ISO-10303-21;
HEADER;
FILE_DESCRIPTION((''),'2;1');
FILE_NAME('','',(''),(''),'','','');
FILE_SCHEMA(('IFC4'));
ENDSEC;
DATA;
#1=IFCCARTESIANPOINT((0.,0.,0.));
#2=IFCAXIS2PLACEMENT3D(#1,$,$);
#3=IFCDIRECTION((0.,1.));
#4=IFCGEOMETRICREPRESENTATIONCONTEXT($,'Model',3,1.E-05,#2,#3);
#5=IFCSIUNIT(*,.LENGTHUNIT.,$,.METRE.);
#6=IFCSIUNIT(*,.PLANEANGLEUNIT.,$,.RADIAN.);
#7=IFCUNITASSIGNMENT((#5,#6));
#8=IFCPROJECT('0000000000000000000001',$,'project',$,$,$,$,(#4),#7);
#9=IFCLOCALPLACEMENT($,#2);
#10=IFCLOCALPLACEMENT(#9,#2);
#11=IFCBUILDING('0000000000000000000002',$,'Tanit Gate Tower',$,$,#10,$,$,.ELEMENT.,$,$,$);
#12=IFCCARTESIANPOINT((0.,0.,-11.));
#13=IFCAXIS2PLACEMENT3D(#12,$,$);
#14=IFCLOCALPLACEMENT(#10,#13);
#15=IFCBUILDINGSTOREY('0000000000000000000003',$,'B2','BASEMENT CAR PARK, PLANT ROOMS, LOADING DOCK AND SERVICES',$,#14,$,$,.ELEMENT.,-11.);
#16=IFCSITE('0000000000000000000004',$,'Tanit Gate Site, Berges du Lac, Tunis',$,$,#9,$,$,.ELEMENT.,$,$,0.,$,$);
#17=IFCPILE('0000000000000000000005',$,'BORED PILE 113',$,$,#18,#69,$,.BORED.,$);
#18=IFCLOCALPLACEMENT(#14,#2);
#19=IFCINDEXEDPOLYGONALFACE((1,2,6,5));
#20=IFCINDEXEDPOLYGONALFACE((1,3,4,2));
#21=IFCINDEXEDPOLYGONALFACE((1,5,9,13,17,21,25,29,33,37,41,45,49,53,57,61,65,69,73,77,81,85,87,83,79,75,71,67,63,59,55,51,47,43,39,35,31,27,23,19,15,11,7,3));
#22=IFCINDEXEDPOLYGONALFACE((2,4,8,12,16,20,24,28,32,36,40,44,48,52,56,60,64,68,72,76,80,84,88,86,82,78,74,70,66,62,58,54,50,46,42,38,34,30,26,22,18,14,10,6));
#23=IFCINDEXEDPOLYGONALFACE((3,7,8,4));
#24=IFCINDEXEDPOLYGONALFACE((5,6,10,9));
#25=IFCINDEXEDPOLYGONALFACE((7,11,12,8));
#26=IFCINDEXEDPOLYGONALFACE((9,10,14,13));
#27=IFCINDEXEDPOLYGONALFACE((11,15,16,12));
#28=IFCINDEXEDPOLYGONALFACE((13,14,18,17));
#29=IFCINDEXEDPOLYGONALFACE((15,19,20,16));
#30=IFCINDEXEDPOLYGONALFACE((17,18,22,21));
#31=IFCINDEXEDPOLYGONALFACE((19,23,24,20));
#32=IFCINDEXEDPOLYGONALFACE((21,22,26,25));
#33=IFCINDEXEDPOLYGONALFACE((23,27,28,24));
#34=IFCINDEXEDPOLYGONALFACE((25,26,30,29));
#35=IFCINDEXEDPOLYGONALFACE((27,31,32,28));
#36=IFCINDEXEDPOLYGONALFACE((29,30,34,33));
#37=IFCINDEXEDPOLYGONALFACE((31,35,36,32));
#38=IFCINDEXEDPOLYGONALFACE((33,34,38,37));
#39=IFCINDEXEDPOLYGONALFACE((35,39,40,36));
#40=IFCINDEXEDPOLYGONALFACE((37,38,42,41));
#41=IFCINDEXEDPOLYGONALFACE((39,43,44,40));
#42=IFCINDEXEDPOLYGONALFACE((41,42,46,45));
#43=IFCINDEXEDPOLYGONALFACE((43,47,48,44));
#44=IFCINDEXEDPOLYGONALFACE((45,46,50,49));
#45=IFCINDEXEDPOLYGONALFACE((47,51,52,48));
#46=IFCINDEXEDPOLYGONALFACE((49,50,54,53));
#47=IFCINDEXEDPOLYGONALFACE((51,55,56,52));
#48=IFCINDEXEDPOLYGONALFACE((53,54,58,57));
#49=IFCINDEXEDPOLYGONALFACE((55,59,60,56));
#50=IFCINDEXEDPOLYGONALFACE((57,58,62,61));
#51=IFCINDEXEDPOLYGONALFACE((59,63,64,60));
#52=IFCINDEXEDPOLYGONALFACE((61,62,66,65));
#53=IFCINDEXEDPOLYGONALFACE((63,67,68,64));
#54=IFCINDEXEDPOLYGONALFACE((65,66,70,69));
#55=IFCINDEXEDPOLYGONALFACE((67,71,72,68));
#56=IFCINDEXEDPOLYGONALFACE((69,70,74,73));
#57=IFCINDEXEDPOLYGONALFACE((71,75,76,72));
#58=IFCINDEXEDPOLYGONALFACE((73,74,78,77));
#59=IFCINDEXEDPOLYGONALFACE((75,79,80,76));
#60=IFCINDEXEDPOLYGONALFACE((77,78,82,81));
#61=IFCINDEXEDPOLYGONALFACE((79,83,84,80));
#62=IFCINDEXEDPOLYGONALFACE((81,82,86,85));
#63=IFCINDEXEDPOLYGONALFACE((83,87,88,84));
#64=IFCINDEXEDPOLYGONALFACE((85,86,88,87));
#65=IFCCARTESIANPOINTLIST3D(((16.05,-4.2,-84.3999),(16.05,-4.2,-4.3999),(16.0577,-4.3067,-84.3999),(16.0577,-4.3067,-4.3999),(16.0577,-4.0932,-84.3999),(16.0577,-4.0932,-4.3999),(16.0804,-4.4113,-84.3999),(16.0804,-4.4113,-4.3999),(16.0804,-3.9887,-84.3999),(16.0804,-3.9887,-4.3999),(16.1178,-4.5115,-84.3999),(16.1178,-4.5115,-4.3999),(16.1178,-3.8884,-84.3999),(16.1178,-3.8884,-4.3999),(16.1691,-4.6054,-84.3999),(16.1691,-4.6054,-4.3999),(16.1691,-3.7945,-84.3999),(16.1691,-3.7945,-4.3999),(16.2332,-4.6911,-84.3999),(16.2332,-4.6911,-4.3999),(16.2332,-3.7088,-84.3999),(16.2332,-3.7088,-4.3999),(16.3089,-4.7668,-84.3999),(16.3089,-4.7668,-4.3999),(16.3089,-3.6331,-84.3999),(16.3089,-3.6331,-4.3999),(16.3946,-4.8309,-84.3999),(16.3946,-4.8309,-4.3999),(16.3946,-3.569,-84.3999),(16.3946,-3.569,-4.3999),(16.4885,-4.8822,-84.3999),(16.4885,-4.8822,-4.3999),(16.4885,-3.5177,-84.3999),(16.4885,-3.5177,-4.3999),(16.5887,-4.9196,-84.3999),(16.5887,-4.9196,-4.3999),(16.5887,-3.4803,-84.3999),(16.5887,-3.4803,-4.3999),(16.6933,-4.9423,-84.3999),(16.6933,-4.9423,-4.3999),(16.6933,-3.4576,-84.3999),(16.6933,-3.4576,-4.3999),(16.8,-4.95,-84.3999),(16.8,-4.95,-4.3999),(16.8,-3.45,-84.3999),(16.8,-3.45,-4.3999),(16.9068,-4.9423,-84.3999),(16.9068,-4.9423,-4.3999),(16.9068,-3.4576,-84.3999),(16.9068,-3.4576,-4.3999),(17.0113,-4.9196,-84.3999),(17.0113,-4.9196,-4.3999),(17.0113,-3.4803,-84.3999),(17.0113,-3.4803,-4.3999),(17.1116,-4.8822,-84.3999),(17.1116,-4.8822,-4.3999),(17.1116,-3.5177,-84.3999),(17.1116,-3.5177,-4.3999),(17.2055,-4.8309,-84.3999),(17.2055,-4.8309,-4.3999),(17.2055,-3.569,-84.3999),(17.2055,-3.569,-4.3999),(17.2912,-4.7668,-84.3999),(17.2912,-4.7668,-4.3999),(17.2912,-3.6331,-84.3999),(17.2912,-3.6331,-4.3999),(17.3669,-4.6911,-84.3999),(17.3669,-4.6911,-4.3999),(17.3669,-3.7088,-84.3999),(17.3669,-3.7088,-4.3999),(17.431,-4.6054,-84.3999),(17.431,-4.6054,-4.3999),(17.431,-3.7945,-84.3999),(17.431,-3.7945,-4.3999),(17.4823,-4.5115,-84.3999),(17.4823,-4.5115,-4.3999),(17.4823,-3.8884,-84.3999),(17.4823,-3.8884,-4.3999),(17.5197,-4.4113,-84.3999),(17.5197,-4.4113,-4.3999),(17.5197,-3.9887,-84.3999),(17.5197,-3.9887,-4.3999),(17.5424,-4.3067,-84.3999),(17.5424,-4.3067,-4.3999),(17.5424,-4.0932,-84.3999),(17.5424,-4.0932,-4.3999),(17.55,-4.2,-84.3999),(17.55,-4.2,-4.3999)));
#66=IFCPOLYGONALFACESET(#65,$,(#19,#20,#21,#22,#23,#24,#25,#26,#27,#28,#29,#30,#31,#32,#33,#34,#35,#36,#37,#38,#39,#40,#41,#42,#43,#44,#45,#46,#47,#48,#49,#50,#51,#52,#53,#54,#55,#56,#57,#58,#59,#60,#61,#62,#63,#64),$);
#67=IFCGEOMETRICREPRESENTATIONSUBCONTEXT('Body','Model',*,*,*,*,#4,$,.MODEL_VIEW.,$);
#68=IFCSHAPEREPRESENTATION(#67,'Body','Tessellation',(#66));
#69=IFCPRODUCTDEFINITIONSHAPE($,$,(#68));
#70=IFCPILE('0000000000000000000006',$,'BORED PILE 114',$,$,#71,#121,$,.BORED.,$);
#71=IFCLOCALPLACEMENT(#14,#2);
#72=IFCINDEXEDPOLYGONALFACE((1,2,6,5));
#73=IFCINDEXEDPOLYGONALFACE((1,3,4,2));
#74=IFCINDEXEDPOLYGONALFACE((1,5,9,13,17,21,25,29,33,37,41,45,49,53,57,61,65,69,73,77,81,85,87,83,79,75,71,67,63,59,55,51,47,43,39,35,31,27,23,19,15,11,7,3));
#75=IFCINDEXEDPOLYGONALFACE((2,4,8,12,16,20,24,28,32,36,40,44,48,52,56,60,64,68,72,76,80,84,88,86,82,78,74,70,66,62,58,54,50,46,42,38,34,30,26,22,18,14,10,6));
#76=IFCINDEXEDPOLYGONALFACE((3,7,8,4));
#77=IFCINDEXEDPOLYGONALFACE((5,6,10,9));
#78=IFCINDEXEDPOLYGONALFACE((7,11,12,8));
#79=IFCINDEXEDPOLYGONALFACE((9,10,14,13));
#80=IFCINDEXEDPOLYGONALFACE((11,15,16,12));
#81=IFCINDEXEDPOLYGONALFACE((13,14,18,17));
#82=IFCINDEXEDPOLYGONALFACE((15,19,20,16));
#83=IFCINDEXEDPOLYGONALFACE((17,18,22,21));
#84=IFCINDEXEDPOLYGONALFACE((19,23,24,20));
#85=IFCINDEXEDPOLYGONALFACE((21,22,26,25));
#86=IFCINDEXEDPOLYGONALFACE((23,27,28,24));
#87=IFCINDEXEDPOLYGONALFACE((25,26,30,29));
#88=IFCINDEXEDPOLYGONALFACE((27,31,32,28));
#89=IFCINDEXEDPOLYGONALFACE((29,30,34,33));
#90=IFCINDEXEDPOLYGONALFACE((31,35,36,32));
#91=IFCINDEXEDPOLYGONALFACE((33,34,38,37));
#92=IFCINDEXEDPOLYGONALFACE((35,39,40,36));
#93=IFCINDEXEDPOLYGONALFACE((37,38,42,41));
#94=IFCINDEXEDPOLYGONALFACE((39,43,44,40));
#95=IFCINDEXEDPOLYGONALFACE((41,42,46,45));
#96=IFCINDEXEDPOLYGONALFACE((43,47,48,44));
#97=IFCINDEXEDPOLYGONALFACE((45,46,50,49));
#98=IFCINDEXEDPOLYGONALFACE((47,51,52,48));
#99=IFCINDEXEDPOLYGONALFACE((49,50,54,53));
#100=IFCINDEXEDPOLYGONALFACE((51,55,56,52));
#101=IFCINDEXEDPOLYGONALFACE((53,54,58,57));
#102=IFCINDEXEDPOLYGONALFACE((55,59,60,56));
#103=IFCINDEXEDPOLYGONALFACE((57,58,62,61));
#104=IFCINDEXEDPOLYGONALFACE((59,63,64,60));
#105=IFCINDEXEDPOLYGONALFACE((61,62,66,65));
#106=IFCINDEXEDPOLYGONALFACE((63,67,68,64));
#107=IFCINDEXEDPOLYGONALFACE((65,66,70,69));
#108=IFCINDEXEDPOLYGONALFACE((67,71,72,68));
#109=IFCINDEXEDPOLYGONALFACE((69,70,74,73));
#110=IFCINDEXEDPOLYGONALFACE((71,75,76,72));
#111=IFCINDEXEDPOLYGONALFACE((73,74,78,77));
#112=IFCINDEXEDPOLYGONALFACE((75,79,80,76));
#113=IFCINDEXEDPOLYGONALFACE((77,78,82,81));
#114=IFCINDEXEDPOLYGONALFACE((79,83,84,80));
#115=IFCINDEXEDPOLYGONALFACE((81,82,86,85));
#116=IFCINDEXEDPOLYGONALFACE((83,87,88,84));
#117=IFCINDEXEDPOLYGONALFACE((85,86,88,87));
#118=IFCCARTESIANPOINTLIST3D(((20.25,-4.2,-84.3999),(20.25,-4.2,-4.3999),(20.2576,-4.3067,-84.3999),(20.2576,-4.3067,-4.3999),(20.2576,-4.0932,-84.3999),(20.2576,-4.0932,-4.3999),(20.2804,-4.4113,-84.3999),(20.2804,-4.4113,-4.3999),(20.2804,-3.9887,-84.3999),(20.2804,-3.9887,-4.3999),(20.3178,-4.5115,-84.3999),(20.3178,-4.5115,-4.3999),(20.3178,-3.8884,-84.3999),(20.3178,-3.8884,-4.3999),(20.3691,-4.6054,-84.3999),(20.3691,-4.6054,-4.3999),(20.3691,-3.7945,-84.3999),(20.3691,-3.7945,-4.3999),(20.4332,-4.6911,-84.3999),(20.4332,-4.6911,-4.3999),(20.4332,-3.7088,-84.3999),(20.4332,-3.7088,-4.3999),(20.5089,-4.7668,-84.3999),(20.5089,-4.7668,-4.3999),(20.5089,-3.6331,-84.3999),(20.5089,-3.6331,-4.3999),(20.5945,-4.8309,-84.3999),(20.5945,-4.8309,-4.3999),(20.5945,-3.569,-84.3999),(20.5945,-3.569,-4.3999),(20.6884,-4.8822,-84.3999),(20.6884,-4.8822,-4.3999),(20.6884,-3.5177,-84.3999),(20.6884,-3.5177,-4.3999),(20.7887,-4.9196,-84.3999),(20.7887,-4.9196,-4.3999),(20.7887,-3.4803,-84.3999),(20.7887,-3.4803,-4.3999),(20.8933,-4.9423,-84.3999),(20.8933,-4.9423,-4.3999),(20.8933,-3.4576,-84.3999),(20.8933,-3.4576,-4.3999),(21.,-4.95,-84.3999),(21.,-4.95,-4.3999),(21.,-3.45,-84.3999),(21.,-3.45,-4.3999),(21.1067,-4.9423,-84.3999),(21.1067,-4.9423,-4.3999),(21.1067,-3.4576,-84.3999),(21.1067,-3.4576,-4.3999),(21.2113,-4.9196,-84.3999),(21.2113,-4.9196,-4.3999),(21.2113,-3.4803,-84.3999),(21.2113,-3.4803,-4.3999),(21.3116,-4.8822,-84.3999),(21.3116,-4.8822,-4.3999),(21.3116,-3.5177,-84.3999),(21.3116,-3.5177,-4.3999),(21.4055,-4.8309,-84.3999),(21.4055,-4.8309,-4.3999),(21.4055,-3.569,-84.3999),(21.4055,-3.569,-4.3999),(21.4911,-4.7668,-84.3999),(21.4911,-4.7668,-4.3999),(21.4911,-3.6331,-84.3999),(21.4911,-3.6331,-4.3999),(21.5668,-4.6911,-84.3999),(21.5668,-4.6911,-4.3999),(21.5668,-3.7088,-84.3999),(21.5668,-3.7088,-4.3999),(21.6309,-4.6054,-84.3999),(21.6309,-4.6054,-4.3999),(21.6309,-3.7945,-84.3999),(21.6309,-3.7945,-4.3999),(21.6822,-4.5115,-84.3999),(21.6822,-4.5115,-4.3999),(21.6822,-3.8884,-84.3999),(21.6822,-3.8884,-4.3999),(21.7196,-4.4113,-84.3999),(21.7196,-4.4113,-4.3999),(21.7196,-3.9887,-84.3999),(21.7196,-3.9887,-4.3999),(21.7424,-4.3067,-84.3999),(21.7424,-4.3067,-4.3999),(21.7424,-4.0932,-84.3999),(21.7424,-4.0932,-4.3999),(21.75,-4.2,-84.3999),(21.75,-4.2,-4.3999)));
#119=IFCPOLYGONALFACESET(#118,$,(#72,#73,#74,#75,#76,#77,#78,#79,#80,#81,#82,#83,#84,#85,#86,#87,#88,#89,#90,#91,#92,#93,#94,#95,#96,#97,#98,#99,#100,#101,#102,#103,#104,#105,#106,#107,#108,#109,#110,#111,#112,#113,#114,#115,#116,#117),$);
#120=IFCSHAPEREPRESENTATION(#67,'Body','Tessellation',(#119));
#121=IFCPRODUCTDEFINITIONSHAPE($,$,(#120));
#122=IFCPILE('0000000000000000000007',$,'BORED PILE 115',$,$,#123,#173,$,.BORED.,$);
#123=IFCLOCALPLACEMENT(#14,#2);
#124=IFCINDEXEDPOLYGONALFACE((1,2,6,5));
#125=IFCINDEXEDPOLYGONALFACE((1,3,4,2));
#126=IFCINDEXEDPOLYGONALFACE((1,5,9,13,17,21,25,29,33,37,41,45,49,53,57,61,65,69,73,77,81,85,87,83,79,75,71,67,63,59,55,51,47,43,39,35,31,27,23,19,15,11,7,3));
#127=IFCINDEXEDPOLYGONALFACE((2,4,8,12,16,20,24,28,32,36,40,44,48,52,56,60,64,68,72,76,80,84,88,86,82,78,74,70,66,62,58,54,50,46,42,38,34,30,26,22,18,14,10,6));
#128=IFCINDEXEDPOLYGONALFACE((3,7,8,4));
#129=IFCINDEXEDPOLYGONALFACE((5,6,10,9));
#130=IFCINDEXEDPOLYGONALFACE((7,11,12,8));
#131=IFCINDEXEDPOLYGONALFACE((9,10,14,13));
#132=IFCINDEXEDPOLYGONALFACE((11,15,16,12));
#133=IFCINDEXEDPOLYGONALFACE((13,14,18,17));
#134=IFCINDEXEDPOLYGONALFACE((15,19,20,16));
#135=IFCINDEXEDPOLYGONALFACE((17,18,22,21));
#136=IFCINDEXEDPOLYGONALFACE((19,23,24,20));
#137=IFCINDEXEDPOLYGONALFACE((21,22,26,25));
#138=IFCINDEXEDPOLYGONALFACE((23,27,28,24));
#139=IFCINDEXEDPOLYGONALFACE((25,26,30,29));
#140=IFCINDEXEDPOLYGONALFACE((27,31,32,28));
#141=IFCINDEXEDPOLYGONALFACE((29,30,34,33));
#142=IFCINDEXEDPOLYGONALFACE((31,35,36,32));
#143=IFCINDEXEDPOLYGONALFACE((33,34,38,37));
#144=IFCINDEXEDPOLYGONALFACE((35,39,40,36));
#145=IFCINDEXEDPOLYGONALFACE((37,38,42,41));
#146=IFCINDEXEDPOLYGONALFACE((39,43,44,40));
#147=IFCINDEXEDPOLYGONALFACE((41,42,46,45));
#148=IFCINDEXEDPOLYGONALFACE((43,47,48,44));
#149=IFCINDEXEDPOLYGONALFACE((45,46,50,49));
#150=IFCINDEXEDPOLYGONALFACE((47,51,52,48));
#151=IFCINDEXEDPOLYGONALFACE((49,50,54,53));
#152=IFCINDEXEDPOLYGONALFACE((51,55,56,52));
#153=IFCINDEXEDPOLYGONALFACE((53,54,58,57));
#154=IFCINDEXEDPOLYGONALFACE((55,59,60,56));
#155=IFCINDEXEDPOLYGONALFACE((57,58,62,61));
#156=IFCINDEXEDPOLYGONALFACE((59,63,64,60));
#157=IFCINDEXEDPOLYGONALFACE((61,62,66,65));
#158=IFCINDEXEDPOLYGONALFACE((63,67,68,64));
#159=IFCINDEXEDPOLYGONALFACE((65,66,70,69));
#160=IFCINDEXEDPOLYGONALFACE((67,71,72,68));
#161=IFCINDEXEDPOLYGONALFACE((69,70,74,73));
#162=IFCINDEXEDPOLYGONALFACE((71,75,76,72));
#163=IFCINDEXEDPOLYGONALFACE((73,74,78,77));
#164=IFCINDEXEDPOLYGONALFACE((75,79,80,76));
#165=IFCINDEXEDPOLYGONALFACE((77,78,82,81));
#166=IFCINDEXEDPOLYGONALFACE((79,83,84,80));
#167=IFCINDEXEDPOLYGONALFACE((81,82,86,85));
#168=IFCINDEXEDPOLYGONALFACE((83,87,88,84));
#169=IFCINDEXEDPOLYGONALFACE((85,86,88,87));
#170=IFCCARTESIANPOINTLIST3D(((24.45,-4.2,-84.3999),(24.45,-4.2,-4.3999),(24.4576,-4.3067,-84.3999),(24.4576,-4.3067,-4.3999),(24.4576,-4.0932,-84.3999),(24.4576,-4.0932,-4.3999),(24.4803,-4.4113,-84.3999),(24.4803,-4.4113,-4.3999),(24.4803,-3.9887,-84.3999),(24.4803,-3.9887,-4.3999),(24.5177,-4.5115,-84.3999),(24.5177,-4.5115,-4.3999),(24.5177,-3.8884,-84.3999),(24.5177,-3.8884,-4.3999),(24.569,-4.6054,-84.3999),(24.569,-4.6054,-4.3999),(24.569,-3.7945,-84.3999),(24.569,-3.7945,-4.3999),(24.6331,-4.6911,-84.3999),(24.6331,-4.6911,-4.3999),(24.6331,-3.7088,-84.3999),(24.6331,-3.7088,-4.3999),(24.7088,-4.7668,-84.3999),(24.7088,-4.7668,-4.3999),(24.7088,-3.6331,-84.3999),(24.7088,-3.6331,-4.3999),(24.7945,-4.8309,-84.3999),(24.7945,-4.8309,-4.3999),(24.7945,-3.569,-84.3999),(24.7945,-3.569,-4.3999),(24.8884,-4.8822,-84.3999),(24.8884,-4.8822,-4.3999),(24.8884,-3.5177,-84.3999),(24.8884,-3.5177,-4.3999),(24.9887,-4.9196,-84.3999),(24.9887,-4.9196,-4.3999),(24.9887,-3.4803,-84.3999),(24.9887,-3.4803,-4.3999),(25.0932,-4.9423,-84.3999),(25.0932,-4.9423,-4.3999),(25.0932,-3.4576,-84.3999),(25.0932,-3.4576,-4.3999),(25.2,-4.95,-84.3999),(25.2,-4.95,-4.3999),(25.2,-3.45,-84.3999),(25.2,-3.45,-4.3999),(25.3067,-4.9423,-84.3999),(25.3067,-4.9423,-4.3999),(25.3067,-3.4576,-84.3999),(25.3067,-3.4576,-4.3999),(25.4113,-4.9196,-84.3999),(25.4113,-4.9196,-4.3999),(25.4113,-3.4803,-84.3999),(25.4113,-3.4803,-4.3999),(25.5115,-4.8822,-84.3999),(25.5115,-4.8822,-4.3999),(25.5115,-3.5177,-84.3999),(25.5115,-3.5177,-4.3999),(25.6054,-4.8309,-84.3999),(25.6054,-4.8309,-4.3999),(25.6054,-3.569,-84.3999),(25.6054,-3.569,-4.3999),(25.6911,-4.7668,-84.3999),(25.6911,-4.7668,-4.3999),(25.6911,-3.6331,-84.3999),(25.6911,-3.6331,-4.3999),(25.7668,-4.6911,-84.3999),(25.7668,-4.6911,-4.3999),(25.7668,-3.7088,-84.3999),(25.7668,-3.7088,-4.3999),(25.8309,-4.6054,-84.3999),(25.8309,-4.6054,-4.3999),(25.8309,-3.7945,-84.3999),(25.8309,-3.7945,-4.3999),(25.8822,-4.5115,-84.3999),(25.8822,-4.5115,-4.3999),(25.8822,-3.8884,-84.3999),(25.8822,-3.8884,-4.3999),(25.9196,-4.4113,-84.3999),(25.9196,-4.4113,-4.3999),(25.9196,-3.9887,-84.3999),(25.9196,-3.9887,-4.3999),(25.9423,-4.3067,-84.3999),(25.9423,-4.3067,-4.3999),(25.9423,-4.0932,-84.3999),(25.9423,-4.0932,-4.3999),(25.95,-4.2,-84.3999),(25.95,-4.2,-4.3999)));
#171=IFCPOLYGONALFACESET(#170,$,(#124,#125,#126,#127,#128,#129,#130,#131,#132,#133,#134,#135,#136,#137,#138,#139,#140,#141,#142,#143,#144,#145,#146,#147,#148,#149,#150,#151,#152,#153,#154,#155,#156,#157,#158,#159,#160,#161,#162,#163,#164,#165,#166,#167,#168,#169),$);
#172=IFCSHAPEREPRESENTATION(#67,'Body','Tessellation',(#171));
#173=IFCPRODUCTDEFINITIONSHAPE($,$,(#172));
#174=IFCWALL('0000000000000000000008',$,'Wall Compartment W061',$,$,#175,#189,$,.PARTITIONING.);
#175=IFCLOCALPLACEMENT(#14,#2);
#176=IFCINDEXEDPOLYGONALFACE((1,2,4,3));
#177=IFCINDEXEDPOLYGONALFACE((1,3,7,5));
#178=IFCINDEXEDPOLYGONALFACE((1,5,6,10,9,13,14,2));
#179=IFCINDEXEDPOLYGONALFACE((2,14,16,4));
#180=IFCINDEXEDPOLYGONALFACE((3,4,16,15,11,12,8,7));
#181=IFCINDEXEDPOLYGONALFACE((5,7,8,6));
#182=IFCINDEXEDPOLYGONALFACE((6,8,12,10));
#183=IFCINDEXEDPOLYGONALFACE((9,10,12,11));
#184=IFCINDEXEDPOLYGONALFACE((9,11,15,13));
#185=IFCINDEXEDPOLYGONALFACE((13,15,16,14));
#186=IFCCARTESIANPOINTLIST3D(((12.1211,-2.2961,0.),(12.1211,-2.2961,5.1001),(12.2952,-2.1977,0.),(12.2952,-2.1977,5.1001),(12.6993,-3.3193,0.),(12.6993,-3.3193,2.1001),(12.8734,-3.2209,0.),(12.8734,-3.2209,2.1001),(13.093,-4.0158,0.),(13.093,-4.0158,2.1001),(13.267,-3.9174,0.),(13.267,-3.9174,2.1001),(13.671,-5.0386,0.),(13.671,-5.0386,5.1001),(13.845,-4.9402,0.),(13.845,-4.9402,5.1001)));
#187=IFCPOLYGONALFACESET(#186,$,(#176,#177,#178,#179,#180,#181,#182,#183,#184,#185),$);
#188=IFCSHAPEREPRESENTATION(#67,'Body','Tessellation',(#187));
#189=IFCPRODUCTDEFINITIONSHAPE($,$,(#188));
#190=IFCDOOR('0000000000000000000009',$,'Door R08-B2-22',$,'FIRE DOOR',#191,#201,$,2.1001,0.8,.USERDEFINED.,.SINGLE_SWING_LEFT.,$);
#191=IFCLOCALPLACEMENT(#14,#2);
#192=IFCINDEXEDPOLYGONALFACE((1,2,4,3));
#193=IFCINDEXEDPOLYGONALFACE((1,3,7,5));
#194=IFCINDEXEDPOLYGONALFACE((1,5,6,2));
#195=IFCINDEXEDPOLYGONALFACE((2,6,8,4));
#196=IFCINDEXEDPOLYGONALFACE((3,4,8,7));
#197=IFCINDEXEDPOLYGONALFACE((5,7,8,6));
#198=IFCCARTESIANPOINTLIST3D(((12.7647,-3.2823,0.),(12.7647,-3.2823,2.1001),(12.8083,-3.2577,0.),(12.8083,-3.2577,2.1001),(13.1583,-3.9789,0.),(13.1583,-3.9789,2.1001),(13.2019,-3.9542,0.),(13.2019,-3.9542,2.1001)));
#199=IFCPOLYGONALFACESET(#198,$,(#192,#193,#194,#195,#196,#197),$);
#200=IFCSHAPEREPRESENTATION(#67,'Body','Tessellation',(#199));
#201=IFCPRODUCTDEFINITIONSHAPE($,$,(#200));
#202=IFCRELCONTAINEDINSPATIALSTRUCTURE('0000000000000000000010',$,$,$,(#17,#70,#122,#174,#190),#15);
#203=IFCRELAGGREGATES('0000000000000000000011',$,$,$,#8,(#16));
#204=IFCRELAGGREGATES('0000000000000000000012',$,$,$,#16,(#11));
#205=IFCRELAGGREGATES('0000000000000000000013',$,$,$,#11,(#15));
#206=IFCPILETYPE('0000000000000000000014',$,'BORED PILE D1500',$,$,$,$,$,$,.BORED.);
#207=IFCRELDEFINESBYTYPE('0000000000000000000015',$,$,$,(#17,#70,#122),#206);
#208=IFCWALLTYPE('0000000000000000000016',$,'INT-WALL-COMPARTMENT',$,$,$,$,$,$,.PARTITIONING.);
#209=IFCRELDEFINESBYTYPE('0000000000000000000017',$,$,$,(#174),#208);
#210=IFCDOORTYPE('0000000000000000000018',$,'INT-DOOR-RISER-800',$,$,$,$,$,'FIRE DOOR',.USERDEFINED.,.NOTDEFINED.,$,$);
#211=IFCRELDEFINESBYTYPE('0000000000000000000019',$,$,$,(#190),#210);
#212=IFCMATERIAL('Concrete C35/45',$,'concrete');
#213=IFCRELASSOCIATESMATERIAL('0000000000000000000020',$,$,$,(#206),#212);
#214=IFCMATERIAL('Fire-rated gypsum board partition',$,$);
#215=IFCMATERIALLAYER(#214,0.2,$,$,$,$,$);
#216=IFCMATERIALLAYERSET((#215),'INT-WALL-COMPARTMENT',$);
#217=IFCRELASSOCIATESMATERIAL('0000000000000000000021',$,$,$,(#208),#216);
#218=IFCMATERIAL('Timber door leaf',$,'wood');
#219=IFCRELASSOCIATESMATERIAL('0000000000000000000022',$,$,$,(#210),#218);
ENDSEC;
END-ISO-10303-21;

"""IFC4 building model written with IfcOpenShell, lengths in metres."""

from ifc_helpers import new_model, si_unit, direction, frame, frame_2d, origin, origin_2d, place, context, subcontext, project, spatial, rectangle, circle, extrude, material, layer, layer_set, material_profile, profile_set, type_object, element, fill, save


model = new_model("IFC4")

# Units and contexts
model_context = context("Model", 3, precision=1e-05, world=origin(), true_north=direction((0.0, 1.0)))
body_context = subcontext(model_context, "Body", "Model", "MODEL_VIEW")
ifc_project = project(units=[si_unit("LENGTHUNIT", "METRE"), si_unit("PLANEANGLEUNIT", "RADIAN")], contexts=[model_context])

# Site, building, storey
site_placement = place(None, origin())
site = spatial("IfcSite", under=ifc_project, at=site_placement, Name="Tanit Gate Site, Berges du Lac, Tunis", CompositionType="ELEMENT", RefElevation=0.0)
building_placement = place(site_placement, origin())
building = spatial("IfcBuilding", under=site, at=building_placement, Name="Tanit Gate Tower", CompositionType="ELEMENT")
storey_placement = place(building_placement, frame((0.0, 0.0, -11.0)))
storey = spatial("IfcBuildingStorey", under=building, at=storey_placement, Name="B2", Description="BASEMENT CAR PARK, PLANT ROOMS, LOADING DOCK AND SERVICES", CompositionType="ELEMENT", Elevation=-11.0)

# Piles
ifc_material_1 = material(Name="Concrete C35/45", Category="concrete")
ifc_material_profile = material_profile(ifc_material_1, circle(Radius=0.75, at=origin_2d()), Name="BORED PILE D1500 C35/45")
ifc_profile_set = profile_set([ifc_material_profile], Name="Concrete C35/45")
pile_type = type_object("IfcPileType", Name="BORED PILE D1500", PredefinedType="BORED", material=ifc_profile_set)
for number, where, z_axis, x_axis, name in (
    (1, (16.8, -4.2, -4.3999), (0.0, 0.0, -1.0), (1.0, 0.0, 0.0), "BORED PILE 113"),
    (2, (21.0, -4.2, -4.3999), (0.0, 0.0, -1.0), (1.0, 0.0, 0.0), "BORED PILE 114"),
    (3, (25.2, -4.2, -4.3999), (0.0, 0.0, -1.0), (1.0, 0.0, 0.0), "BORED PILE 115"),
):
    element("IfcPile", number, at=place(storey_placement, frame(where, z_axis=z_axis, x_axis=x_axis)), inside=storey, type_object=pile_type, Name=name, PredefinedType="BORED", context=body_context, shape_type="SweptSolid", body=[
        extrude(circle(Radius=0.75, at=origin_2d()), origin(), (0.0, 0.0, 1.0), 80.0),
    ])

# Wall, opening, door
ifc_material_2 = material(Name="Fire-rated gypsum board partition")
ifc_layer_1 = layer(ifc_material_2, 0.2)
ifc_layer_set_1 = layer_set([ifc_layer_1], Name="INT-WALL-COMPARTMENT")
wall_type_1 = type_object("IfcWallType", Name="INT-WALL-COMPARTMENT", PredefinedType="PARTITIONING", material=ifc_layer_set_1)
wall_1_placement = place(storey_placement, frame((13.7581, -4.9895, 0.0), z_axis=(0.0, 0.0, 1.0), x_axis=(-0.491993, 0.870599, 0.0)))
wall_1 = element("IfcWall", 4, at=wall_1_placement, inside=storey, type_object=wall_type_1, Name="Wall Compartment W061", PredefinedType="PARTITIONING", context=body_context, shape_type="SweptSolid", body=[
    extrude(rectangle(XDim=3.1501, YDim=0.2, at=frame_2d((1.5752, 0.0))), origin(), (0.0, 0.0, 1.0), 5.1001),
])
opening_1_placement = place(wall_1_placement, frame((1.175, 0.0, 0.0)))
opening_1 = element("IfcOpeningElement", 5, at=opening_1_placement, cuts=wall_1, PredefinedType="OPENING", context=body_context, shape_type="SweptSolid", body=[
    extrude(rectangle(XDim=0.8, YDim=2.1001, at=frame_2d((0.3999, 1.05))), frame((0.0, 0.1099, 0.0), z_axis=(0.0, -1.0, 0.0), x_axis=(1.0, 0.0, 0.0)), (0.0, 0.0, 1.0), 0.22),
])
ifc_material_3 = material(Name="Timber door leaf", Category="wood")
door_type_1 = type_object("IfcDoorType", Name="INT-DOOR-RISER-800", ElementType="FIRE DOOR", OperationType="NOTDEFINED", PredefinedType="USERDEFINED", material=ifc_material_3)
door_1_placement = place(opening_1_placement, origin())
door_1 = element("IfcDoor", 6, at=door_1_placement, inside=storey, type_object=door_type_1, Name="Door R08-B2-22", ObjectType="FIRE DOOR", OperationType="SINGLE_SWING_LEFT", OverallHeight=2.1001, OverallWidth=0.8, PredefinedType="USERDEFINED", context=body_context, shape_type="SweptSolid", body=[
    extrude(rectangle(XDim=0.8, YDim=2.1001, at=frame_2d((0.3999, 1.05))), frame((0.0, 0.0249, 0.0), z_axis=(0.0, -1.0, 0.0), x_axis=(1.0, 0.0, 0.0)), (0.0, 0.0, 1.0), 0.05),
])
fill(opening_1, door_1)

save(model, "model.ifc")
